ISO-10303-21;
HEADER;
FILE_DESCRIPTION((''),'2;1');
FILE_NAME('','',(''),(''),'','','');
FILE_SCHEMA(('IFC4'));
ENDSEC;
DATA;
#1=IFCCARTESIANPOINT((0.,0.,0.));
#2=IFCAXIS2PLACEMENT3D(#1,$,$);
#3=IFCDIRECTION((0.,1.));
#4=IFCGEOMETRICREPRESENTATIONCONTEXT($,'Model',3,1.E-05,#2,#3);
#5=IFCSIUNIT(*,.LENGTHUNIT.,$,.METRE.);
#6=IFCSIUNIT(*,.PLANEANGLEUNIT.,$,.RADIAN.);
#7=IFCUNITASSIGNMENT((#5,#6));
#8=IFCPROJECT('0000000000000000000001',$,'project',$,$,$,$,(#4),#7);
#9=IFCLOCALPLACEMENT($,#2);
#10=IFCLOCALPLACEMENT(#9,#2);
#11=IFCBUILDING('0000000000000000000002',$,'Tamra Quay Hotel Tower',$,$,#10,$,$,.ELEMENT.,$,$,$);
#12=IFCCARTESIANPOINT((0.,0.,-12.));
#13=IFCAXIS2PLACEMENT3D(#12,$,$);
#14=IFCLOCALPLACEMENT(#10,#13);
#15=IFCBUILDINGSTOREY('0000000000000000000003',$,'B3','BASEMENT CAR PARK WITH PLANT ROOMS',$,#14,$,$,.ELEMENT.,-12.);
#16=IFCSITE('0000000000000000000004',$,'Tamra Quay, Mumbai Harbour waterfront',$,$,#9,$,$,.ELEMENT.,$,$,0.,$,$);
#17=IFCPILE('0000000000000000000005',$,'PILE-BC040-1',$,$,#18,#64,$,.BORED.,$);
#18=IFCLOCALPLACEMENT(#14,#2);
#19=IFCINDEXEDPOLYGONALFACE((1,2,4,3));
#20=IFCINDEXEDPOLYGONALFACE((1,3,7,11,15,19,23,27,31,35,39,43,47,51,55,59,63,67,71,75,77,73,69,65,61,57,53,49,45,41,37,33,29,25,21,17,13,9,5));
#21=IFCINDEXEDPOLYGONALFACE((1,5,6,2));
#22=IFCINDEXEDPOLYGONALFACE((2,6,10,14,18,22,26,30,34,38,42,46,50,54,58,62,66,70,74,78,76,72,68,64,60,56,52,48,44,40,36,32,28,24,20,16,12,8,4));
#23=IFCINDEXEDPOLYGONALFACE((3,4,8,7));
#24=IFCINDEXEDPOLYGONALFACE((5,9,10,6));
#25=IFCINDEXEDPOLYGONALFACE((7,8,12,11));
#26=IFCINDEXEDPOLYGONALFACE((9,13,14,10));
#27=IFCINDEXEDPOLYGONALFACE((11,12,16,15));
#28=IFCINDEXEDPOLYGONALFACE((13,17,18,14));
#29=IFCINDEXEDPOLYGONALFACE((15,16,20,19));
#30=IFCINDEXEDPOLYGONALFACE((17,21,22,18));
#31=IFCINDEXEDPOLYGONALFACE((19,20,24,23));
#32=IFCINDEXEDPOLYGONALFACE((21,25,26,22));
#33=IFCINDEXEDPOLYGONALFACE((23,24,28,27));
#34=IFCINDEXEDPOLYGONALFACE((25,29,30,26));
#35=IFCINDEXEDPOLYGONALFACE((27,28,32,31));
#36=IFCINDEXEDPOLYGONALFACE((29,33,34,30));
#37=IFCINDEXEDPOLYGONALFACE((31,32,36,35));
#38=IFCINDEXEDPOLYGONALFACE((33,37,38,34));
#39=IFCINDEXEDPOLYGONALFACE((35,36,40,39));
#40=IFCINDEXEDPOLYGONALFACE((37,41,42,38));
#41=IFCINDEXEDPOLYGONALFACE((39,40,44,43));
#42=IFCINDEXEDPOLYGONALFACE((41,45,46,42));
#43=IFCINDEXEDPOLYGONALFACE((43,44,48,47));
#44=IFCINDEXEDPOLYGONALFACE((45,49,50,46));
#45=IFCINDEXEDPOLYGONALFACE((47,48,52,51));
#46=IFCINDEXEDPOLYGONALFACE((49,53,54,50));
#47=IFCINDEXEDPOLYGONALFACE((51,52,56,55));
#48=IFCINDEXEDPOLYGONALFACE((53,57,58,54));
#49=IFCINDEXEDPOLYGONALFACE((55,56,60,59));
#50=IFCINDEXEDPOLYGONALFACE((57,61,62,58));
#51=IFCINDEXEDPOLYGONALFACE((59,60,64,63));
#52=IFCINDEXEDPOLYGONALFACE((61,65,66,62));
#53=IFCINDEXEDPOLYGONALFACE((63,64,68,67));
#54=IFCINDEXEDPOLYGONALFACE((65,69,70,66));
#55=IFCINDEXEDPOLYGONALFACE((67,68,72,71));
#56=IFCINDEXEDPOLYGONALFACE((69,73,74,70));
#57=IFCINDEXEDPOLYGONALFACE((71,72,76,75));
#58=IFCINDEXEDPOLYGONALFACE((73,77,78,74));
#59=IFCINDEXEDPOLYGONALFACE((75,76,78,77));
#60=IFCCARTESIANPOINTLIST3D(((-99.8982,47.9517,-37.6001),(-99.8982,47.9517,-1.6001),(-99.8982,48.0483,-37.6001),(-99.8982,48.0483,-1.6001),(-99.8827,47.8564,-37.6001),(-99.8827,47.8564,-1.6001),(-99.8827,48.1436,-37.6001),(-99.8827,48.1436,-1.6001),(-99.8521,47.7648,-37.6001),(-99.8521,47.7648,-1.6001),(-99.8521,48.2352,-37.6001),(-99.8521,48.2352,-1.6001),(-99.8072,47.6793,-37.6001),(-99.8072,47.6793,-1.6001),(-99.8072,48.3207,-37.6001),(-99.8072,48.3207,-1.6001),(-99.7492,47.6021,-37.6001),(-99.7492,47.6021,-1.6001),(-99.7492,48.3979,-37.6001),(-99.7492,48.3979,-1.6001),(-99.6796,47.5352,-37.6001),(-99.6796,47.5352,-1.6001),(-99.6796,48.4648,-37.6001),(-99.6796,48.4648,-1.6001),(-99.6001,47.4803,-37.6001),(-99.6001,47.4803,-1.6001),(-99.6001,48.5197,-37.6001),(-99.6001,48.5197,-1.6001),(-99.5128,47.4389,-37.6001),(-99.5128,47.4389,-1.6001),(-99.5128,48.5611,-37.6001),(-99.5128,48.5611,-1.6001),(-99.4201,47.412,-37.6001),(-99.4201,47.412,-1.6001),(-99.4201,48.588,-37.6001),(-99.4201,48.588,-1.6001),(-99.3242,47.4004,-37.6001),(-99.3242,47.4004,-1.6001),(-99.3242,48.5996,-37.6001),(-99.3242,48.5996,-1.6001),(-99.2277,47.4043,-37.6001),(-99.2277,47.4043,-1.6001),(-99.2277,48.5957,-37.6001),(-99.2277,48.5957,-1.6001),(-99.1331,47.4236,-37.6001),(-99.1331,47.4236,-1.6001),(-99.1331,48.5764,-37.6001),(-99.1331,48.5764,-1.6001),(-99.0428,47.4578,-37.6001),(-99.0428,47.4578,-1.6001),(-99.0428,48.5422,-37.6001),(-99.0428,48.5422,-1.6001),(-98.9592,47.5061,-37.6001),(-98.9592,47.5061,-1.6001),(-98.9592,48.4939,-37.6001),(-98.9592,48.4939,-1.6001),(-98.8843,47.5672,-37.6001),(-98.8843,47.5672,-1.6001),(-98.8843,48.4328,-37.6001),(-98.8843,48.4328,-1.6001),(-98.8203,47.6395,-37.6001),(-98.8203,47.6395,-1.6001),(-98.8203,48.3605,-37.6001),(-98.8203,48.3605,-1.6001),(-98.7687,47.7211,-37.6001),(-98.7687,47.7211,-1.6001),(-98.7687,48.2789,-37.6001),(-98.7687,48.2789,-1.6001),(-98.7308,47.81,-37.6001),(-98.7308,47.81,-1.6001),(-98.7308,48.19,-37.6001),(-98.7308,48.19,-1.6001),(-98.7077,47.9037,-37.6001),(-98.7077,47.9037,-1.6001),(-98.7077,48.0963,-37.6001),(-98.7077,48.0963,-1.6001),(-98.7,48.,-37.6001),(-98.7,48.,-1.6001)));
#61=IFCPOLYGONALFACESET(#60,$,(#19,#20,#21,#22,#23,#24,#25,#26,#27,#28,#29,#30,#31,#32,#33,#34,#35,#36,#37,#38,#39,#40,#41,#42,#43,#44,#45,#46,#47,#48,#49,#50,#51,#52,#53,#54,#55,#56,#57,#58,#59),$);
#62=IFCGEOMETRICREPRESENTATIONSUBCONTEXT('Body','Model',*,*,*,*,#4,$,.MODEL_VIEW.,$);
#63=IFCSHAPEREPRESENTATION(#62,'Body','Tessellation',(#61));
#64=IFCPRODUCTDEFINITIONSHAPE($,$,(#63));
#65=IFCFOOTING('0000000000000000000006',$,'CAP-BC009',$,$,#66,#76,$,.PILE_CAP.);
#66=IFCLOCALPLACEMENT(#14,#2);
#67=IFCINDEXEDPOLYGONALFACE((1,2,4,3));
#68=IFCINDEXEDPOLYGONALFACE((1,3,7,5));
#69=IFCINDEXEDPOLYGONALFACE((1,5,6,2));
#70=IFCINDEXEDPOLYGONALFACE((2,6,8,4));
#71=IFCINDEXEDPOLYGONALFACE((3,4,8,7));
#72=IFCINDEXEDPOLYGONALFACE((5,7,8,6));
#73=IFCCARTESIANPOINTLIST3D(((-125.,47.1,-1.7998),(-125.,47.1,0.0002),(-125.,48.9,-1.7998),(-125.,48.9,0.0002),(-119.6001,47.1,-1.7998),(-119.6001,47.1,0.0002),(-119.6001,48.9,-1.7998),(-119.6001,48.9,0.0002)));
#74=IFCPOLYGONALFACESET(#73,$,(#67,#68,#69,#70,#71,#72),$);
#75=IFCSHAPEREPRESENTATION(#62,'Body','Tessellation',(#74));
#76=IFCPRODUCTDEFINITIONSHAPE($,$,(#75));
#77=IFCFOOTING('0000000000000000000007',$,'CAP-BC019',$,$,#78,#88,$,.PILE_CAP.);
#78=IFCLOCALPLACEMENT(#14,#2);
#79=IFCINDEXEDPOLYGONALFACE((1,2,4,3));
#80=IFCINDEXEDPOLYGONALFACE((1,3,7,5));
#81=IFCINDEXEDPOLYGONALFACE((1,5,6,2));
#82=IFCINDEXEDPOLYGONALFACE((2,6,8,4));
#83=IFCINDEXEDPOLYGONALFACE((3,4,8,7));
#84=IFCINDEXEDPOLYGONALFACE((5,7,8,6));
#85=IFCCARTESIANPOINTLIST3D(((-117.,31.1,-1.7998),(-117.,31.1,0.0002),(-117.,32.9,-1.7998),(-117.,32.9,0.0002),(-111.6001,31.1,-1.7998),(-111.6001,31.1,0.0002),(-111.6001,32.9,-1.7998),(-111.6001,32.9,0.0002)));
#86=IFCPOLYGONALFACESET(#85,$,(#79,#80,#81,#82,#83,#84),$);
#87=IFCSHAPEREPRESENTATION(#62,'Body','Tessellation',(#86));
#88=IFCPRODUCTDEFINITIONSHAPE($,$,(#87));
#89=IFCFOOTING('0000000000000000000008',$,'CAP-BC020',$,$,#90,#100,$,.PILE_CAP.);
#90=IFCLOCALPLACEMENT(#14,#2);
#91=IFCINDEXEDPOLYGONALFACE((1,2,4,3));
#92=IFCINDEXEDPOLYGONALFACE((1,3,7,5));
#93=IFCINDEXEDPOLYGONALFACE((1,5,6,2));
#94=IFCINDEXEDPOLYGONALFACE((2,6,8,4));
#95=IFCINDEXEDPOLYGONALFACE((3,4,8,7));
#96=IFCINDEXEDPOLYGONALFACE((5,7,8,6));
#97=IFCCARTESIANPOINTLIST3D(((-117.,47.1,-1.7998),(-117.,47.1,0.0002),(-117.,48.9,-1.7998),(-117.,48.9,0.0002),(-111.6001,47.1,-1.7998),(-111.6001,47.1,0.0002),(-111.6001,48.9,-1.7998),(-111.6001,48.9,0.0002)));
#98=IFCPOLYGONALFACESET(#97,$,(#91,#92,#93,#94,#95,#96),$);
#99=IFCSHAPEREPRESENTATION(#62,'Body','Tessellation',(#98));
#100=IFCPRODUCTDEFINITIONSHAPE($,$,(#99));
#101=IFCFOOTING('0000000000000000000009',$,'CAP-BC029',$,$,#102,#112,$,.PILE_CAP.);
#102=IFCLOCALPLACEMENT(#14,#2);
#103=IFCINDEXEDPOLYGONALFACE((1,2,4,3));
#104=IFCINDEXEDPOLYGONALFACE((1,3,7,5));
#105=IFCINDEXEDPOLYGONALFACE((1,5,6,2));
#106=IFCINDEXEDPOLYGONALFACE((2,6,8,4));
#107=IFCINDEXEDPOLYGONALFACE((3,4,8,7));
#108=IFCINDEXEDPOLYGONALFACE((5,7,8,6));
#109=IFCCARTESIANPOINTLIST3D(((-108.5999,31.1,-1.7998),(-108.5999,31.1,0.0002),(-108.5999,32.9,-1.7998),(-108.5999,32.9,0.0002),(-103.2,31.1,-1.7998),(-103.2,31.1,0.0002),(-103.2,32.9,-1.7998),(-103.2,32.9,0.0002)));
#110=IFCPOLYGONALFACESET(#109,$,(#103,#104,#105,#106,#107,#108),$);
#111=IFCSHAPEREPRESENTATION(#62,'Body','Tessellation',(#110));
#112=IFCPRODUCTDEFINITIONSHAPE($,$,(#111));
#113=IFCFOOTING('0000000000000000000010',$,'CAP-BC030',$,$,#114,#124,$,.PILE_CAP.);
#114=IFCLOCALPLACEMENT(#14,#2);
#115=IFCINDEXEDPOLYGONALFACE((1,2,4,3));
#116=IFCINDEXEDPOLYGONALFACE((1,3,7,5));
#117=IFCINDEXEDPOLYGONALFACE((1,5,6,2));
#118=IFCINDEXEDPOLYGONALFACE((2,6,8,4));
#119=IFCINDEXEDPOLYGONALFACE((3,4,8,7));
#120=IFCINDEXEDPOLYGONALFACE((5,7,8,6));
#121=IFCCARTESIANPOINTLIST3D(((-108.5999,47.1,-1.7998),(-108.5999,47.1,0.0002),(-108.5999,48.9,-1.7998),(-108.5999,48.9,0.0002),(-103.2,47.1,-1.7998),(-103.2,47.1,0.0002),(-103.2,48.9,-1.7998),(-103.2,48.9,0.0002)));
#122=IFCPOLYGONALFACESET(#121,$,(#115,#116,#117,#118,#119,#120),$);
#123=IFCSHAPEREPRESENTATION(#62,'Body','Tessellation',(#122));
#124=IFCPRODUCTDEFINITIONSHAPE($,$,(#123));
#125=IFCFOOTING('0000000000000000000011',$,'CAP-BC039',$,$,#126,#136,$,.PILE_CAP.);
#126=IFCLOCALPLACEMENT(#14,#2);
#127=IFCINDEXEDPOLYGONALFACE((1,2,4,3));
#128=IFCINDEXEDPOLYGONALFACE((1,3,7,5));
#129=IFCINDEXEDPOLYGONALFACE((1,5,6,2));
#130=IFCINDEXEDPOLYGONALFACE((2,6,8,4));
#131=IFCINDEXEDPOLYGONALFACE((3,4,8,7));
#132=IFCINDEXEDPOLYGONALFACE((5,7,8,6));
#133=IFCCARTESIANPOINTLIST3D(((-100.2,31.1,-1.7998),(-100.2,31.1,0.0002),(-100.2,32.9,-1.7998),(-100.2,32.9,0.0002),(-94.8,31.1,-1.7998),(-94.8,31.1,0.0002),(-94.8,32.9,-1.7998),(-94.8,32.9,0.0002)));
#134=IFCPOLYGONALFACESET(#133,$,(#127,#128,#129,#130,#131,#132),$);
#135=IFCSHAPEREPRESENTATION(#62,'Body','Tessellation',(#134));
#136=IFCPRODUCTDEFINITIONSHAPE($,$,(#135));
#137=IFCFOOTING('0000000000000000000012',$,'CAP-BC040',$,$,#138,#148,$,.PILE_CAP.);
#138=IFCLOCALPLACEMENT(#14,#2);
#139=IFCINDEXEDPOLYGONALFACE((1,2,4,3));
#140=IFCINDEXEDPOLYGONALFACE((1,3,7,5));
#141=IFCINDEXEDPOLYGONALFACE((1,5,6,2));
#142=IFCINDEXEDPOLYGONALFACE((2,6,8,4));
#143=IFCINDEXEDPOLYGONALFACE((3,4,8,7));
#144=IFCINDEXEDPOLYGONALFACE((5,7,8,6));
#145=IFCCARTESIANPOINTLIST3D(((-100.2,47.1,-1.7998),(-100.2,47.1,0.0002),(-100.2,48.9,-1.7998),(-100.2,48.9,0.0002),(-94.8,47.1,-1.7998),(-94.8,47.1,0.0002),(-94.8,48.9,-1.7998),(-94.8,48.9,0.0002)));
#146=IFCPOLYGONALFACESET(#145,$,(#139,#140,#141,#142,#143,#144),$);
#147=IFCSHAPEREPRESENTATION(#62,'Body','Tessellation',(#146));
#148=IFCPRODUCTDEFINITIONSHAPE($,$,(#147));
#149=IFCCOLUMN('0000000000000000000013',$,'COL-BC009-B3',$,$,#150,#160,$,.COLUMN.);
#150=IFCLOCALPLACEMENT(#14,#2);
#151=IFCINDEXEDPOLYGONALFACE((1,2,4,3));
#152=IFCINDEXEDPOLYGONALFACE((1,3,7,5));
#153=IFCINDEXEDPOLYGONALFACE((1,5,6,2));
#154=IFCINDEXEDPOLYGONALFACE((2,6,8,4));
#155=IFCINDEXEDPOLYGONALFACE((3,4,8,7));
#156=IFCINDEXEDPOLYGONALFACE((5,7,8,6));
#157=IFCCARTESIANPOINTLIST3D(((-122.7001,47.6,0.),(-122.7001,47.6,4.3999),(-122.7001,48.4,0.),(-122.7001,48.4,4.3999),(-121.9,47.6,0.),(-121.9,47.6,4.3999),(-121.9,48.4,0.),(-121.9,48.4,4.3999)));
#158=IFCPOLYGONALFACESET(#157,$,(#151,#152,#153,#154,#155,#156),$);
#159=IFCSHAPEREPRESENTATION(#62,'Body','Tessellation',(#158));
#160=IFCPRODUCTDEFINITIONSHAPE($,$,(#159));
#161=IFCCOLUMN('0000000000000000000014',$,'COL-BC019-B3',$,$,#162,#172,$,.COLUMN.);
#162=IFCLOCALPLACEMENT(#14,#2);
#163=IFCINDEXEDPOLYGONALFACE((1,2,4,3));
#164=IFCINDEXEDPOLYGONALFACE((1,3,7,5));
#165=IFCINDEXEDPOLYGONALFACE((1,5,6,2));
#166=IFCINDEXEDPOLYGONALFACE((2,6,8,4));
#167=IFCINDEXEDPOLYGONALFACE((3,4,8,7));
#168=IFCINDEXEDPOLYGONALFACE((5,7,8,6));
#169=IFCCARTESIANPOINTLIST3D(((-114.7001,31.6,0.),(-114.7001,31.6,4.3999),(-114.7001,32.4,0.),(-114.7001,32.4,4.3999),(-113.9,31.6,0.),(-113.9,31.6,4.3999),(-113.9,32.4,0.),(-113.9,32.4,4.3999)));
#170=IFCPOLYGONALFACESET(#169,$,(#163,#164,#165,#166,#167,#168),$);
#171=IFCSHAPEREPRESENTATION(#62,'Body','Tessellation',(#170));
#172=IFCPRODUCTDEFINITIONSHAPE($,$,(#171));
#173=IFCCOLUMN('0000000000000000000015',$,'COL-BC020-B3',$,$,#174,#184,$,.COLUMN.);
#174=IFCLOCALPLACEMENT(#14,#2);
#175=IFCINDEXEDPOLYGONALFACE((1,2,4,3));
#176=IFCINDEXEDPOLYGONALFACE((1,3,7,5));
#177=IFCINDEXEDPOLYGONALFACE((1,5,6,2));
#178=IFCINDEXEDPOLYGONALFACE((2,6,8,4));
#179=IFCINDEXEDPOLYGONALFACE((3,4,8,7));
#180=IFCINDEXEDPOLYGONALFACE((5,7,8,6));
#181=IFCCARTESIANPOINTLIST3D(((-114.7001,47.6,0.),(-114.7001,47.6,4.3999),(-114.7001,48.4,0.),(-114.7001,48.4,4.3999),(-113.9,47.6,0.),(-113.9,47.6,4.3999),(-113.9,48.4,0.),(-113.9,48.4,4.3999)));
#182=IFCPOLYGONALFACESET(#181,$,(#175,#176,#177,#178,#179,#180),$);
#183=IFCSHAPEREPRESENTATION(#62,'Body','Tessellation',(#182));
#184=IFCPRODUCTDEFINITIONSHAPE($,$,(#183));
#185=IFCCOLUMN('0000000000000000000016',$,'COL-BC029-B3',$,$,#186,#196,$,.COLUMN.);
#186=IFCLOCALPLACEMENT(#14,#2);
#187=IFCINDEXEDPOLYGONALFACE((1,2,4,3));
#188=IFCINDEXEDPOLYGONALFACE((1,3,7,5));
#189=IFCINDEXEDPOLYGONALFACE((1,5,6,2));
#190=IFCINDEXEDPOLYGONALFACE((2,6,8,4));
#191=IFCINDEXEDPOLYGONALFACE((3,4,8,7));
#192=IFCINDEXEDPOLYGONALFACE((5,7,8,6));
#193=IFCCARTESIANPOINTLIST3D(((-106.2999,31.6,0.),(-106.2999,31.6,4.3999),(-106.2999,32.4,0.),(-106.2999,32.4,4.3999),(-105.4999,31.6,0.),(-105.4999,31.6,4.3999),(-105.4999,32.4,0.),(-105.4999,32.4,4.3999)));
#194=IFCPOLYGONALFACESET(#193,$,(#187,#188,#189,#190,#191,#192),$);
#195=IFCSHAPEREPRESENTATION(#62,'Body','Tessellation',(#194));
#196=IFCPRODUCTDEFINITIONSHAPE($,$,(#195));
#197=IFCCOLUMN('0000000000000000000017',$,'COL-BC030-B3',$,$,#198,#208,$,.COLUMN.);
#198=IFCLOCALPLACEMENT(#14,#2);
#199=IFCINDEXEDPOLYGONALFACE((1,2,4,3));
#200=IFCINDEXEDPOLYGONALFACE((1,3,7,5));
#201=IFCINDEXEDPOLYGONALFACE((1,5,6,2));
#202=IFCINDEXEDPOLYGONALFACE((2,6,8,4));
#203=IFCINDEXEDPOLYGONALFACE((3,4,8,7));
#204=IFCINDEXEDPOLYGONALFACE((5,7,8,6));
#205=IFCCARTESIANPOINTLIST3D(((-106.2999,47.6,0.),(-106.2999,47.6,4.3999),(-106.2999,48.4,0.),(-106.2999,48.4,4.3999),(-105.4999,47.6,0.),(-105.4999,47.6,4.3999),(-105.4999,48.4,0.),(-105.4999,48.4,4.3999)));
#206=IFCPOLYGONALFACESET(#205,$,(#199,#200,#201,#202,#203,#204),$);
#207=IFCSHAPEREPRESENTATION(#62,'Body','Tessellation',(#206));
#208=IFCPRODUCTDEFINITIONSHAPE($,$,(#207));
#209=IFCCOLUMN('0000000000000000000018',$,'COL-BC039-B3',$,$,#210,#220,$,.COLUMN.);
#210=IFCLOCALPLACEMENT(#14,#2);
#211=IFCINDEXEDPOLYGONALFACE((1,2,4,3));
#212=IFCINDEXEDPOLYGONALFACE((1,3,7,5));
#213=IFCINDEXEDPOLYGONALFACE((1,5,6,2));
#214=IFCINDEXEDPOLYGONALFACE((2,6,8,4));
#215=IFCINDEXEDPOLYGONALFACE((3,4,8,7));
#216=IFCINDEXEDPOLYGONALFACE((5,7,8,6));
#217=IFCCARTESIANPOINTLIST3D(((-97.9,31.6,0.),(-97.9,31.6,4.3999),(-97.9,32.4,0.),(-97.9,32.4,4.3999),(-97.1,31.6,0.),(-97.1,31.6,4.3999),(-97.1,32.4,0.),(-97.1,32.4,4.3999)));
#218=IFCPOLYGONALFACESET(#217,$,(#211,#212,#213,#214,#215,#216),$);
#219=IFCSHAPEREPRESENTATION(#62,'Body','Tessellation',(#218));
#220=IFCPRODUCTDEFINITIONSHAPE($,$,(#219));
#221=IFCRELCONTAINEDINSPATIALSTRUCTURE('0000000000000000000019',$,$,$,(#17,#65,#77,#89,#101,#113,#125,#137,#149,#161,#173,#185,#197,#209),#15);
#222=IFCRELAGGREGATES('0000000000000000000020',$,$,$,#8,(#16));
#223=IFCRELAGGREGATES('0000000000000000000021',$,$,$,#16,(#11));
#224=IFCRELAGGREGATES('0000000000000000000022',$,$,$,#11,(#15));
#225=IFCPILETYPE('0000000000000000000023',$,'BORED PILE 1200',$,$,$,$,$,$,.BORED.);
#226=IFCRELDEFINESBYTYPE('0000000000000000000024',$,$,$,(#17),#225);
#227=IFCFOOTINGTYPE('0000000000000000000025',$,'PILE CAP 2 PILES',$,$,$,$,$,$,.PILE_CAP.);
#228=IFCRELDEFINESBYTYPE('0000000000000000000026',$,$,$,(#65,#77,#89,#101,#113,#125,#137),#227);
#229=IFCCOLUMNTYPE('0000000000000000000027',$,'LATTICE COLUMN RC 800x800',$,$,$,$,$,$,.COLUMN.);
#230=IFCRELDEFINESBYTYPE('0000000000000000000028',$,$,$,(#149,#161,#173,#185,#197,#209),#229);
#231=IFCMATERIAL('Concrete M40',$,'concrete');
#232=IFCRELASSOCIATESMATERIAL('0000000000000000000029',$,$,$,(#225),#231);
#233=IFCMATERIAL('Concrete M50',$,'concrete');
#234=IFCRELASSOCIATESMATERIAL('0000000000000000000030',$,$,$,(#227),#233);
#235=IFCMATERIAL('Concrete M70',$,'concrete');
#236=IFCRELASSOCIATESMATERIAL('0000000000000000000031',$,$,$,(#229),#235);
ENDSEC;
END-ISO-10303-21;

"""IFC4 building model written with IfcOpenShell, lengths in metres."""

from ifc_helpers import new_model, si_unit, direction, frame, origin, origin_2d, place, context, subcontext, project, spatial, rectangle, circle, extrude, material, material_profile, profile_set, type_object, element, save


model = new_model("IFC4")

# Units and contexts
model_context = context("Model", 3, precision=1e-05, world=origin(), true_north=direction((0.0, 1.0)))
body_context = subcontext(model_context, "Body", "Model", "MODEL_VIEW")
ifc_project = project(units=[si_unit("LENGTHUNIT", "METRE"), si_unit("PLANEANGLEUNIT", "RADIAN")], contexts=[model_context])

# Site, building, storey
site_placement = place(None, origin())
site = spatial("IfcSite", under=ifc_project, at=site_placement, Name="Tamra Quay, Mumbai Harbour waterfront", CompositionType="ELEMENT", RefElevation=0.0)
building_placement = place(site_placement, origin())
building = spatial("IfcBuilding", under=site, at=building_placement, Name="Tamra Quay Hotel Tower", CompositionType="ELEMENT")
storey_placement = place(building_placement, frame((0.0, 0.0, -12.0)))
storey = spatial("IfcBuildingStorey", under=building, at=storey_placement, Name="B3", Description="BASEMENT CAR PARK WITH PLANT ROOMS", CompositionType="ELEMENT", Elevation=-12.0)

# Pile
ifc_material_1 = material(Name="Concrete M40", Category="concrete")
ifc_material_profile_1 = material_profile(ifc_material_1, circle(Radius=0.6001, at=origin_2d()), Name="BORED PILE 1200")
ifc_profile_set_1 = profile_set([ifc_material_profile_1], Name="Concrete M40")
pile_type = type_object("IfcPileType", Name="BORED PILE 1200", PredefinedType="BORED", material=ifc_profile_set_1)
for number, where, z_axis, x_axis, name in (
    (1, (-99.3, 48.0, -1.6001), (0.0, 0.0, -1.0), (1.0, 0.0, 0.0), "PILE-BC040-1"),
):
    element("IfcPile", number, at=place(storey_placement, frame(where, z_axis=z_axis, x_axis=x_axis)), inside=storey, type_object=pile_type, Name=name, PredefinedType="BORED", context=body_context, shape_type="SweptSolid", body=[
        extrude(circle(Radius=0.6001, at=origin_2d()), origin(), (0.0, 0.0, 1.0), 36.0),
    ])

# Footings
ifc_material_2 = material(Name="Concrete M50", Category="concrete")
footing_type = type_object("IfcFootingType", Name="PILE CAP 2 PILES", PredefinedType="PILE_CAP", material=ifc_material_2)
for number, where, z_axis, x_axis, name in (
    (2, (-122.3, 48.0, -1.7998), (0.0, 0.0, 1.0), (1.0, 0.0, 0.0), "CAP-BC009"),
    (3, (-114.3, 32.0, -1.7998), (0.0, 0.0, 1.0), (1.0, 0.0, 0.0), "CAP-BC019"),
    (4, (-114.3, 48.0, -1.7998), (0.0, 0.0, 1.0), (1.0, 0.0, 0.0), "CAP-BC020"),
    (5, (-105.8999, 32.0, -1.7998), (0.0, 0.0, 1.0), (1.0, 0.0, 0.0), "CAP-BC029"),
    (6, (-105.8999, 48.0, -1.7998), (0.0, 0.0, 1.0), (1.0, 0.0, 0.0), "CAP-BC030"),
    (7, (-97.5, 32.0, -1.7998), (0.0, 0.0, 1.0), (1.0, 0.0, 0.0), "CAP-BC039"),
    (8, (-97.5, 48.0, -1.7998), (0.0, 0.0, 1.0), (1.0, 0.0, 0.0), "CAP-BC040"),
):
    element("IfcFooting", number, at=place(storey_placement, frame(where, z_axis=z_axis, x_axis=x_axis)), inside=storey, type_object=footing_type, Name=name, PredefinedType="PILE_CAP", context=body_context, shape_type="SweptSolid", body=[
        extrude(rectangle(XDim=5.3999, YDim=1.8, at=origin_2d()), origin(), (0.0, 0.0, 1.0), 1.8),
    ])

# Columns
ifc_material_3 = material(Name="Concrete M70", Category="concrete")
ifc_material_profile_2 = material_profile(ifc_material_3, rectangle(XDim=0.8, YDim=0.8, at=origin_2d()), Name="LATTICE COLUMN RC 800x800")
ifc_profile_set_2 = profile_set([ifc_material_profile_2], Name="Concrete M70")
column_type = type_object("IfcColumnType", Name="LATTICE COLUMN RC 800x800", PredefinedType="COLUMN", material=ifc_profile_set_2)
for number, where, z_axis, x_axis, name in (
    (9, (-122.3, 48.0, 0.0), (0.0, 0.0, 1.0), (1.0, 0.0, 0.0), "COL-BC009-B3"),
    (10, (-114.3, 32.0, 0.0), (0.0, 0.0, 1.0), (1.0, 0.0, 0.0), "COL-BC019-B3"),
    (11, (-114.3, 48.0, 0.0), (0.0, 0.0, 1.0), (1.0, 0.0, 0.0), "COL-BC020-B3"),
    (12, (-105.8999, 32.0, 0.0), (0.0, 0.0, 1.0), (1.0, 0.0, 0.0), "COL-BC029-B3"),
    (13, (-105.8999, 48.0, 0.0), (0.0, 0.0, 1.0), (1.0, 0.0, 0.0), "COL-BC030-B3"),
    (14, (-97.5, 32.0, 0.0), (0.0, 0.0, 1.0), (1.0, 0.0, 0.0), "COL-BC039-B3"),
):
    element("IfcColumn", number, at=place(storey_placement, frame(where, z_axis=z_axis, x_axis=x_axis)), inside=storey, type_object=column_type, Name=name, PredefinedType="COLUMN", context=body_context, shape_type="SweptSolid", body=[
        extrude(rectangle(XDim=0.8, YDim=0.8, at=origin_2d()), origin(), (0.0, 0.0, 1.0), 4.3999),
    ])

save(model, "model.ifc")
